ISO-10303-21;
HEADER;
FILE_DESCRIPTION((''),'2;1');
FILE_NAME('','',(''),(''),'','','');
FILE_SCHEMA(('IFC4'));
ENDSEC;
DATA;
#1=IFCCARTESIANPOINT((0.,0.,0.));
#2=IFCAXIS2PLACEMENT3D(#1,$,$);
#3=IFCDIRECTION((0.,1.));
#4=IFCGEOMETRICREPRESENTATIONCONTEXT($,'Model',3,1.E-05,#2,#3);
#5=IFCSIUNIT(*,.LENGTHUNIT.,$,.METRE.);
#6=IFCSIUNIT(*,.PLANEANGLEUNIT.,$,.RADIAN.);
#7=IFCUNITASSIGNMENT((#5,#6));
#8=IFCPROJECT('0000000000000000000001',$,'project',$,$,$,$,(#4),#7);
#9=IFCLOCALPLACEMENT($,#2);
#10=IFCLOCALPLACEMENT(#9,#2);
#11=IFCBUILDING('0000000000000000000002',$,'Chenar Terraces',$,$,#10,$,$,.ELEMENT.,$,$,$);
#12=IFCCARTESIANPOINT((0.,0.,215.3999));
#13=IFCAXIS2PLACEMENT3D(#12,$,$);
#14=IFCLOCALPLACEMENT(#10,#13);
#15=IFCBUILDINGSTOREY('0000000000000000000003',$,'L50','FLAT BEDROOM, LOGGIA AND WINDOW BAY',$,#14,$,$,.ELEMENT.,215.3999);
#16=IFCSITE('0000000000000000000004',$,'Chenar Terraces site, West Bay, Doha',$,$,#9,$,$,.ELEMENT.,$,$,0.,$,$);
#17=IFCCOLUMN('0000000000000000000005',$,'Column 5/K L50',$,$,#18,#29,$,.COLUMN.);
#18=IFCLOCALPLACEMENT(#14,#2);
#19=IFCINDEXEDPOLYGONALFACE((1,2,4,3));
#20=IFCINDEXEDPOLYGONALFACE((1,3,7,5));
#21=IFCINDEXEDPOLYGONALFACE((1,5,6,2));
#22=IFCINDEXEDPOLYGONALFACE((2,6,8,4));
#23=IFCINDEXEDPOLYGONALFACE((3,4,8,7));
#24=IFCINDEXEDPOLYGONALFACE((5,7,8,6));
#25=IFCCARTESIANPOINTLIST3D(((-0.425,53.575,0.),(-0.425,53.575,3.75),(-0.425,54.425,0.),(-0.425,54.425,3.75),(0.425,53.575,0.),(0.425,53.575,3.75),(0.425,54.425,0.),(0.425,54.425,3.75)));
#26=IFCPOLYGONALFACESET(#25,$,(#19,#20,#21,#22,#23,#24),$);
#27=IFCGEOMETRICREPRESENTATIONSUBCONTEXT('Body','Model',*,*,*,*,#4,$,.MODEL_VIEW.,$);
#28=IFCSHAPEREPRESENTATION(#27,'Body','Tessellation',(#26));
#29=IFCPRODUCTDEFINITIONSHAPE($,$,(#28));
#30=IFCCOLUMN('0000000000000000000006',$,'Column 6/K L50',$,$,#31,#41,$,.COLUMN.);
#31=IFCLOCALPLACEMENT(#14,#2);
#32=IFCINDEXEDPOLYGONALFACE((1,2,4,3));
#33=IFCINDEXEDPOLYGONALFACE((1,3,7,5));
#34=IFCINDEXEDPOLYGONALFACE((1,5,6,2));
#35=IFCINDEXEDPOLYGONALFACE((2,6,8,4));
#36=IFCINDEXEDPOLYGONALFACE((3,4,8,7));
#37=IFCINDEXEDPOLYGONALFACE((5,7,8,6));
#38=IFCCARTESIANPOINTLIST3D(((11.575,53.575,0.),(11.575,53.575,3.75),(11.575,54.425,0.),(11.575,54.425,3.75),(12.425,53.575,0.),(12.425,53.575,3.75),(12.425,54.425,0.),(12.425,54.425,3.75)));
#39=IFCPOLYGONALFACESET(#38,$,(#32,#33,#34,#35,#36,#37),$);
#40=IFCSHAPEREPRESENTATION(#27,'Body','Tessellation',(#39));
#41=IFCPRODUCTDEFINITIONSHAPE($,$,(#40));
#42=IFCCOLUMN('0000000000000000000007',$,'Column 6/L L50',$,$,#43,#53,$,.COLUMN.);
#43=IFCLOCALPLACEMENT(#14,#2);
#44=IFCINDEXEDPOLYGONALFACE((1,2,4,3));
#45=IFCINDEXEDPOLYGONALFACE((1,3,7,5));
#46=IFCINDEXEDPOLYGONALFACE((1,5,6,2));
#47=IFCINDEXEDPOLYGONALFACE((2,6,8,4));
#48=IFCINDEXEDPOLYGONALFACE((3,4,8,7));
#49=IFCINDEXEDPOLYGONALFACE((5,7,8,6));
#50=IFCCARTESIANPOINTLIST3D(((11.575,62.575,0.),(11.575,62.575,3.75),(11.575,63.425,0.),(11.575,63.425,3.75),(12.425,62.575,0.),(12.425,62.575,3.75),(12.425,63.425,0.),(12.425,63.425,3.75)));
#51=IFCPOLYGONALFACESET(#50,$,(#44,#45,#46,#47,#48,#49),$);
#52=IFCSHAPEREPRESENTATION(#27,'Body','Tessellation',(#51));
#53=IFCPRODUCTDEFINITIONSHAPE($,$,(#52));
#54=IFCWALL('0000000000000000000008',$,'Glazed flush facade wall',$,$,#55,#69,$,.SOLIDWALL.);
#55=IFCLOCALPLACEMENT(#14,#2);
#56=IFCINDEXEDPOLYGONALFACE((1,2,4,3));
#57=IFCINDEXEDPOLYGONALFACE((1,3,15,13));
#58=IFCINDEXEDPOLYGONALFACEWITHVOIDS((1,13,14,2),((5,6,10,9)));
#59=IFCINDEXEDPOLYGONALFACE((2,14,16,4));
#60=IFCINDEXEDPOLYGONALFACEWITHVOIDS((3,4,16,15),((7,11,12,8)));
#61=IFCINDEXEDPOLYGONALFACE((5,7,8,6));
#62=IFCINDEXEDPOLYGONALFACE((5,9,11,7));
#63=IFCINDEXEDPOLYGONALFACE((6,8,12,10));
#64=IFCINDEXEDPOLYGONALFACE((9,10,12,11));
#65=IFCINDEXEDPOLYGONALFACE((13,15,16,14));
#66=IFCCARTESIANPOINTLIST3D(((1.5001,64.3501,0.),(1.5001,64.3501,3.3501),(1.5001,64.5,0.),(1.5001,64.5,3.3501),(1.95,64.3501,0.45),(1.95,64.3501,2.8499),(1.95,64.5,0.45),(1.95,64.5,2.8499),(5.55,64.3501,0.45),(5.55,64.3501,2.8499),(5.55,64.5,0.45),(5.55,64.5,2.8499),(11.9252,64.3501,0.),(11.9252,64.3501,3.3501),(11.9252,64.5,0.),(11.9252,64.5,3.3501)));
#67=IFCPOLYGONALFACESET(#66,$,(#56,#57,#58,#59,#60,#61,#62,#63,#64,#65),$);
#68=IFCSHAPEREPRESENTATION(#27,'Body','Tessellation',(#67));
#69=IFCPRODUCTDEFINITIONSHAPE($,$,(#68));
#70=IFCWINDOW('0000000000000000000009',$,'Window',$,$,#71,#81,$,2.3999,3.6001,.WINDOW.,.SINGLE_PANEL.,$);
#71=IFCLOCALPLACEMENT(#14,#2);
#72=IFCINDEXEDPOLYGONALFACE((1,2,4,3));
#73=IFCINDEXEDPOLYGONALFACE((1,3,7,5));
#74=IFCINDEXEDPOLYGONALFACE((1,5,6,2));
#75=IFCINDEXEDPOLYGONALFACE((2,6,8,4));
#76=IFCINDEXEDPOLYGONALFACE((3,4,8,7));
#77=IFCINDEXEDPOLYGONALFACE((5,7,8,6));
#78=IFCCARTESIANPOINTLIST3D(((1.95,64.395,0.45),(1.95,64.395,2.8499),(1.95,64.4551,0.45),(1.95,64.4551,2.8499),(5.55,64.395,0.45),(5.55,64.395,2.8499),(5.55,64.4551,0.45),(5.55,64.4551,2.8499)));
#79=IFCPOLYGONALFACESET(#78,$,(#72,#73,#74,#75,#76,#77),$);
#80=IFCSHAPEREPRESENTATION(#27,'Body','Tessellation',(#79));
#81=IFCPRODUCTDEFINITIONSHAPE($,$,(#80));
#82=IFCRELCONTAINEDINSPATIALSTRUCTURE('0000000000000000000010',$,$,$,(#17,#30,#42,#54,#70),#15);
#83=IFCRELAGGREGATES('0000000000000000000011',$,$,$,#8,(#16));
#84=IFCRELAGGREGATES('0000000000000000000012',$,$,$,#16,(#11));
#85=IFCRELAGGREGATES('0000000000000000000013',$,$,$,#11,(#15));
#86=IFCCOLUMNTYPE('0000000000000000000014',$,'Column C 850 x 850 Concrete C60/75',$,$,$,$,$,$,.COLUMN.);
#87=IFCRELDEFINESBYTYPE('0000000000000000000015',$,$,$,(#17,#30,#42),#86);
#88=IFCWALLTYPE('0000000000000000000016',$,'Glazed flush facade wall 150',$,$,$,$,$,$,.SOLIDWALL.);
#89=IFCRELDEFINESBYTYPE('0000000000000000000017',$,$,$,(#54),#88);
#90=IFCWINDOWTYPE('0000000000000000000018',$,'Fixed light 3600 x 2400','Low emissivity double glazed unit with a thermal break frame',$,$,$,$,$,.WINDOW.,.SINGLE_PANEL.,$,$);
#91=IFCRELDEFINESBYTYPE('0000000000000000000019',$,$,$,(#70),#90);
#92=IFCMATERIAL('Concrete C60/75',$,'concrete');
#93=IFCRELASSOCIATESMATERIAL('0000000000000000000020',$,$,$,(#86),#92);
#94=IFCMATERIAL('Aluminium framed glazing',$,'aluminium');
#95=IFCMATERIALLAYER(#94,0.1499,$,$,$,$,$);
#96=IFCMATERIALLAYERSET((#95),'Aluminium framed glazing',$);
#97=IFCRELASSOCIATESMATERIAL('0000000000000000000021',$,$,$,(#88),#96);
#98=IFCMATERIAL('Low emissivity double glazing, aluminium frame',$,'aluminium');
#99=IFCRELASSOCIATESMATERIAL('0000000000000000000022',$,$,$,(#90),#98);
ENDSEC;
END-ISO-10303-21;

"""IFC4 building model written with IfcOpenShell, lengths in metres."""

from ifc_helpers import new_model, si_unit, direction, frame, frame_2d, origin, origin_2d, place, context, subcontext, project, spatial, rectangle, extrude, material, layer, layer_set, material_profile, profile_set, type_object, element, fill, save


model = new_model("IFC4")

# Units and contexts
model_context = context("Model", 3, precision=1e-05, world=origin(), true_north=direction((0.0, 1.0)))
body_context = subcontext(model_context, "Body", "Model", "MODEL_VIEW")
ifc_project = project(units=[si_unit("LENGTHUNIT", "METRE"), si_unit("PLANEANGLEUNIT", "RADIAN")], contexts=[model_context])

# Site, building, storey
site_placement = place(None, origin())
site = spatial("IfcSite", under=ifc_project, at=site_placement, Name="Chenar Terraces site, West Bay, Doha", CompositionType="ELEMENT", RefElevation=0.0)
building_placement = place(site_placement, origin())
building = spatial("IfcBuilding", under=site, at=building_placement, Name="Chenar Terraces", CompositionType="ELEMENT")
storey_placement = place(building_placement, frame((0.0, 0.0, 215.3999)))
storey = spatial("IfcBuildingStorey", under=building, at=storey_placement, Name="L50", Description="FLAT BEDROOM, LOGGIA AND WINDOW BAY", CompositionType="ELEMENT", Elevation=215.3999)

# Columns
ifc_material_1 = material(Name="Concrete C60/75", Category="concrete")
ifc_material_profile = material_profile(ifc_material_1, rectangle(XDim=0.8501, YDim=0.8501, at=origin_2d()), Name="C 850 x 850")
ifc_profile_set = profile_set([ifc_material_profile], Name="Concrete C60/75")
column_type = type_object("IfcColumnType", Name="Column C 850 x 850 Concrete C60/75", PredefinedType="COLUMN", material=ifc_profile_set)
for number, where, z_axis, x_axis, name in (
    (1, (0.0, 54.0, 0.0), (0.0, 0.0, 1.0), (1.0, 0.0, 0.0), "Column 5/K L50"),
    (2, (12.0, 54.0, 0.0), (0.0, 0.0, 1.0), (1.0, 0.0, 0.0), "Column 6/K L50"),
    (3, (12.0, 63.0, 0.0), (0.0, 0.0, 1.0), (1.0, 0.0, 0.0), "Column 6/L L50"),
):
    element("IfcColumn", number, at=place(storey_placement, frame(where, z_axis=z_axis, x_axis=x_axis)), inside=storey, type_object=column_type, Name=name, PredefinedType="COLUMN", context=body_context, shape_type="SweptSolid", body=[
        extrude(rectangle(XDim=0.8501, YDim=0.8501, at=origin_2d()), origin(), (0.0, 0.0, 1.0), 3.75),
    ])

# Wall, opening, window
ifc_material_2 = material(Name="Aluminium framed glazing", Category="aluminium")
ifc_layer_1 = layer(ifc_material_2, 0.1499)
ifc_layer_set_1 = layer_set([ifc_layer_1], Name="Aluminium framed glazing")
wall_type_1 = type_object("IfcWallType", Name="Glazed flush facade wall 150", PredefinedType="SOLIDWALL", material=ifc_layer_set_1)
wall_1_placement = place(storey_placement, frame((11.925, 64.425, 0.0), z_axis=(0.0, 0.0, 1.0), x_axis=(-1.0, 0.0, 0.0)))
wall_1 = element("IfcWall", 4, at=wall_1_placement, inside=storey, type_object=wall_type_1, Name="Glazed flush facade wall", PredefinedType="SOLIDWALL", context=body_context, shape_type="SweptSolid", body=[
    extrude(rectangle(XDim=10.425, YDim=0.1499, at=frame_2d((5.2124, 0.0))), origin(), (0.0, 0.0, 1.0), 3.3501),
])
opening_1_placement = place(wall_1_placement, frame((6.375, 0.0, 0.45)))
opening_1 = element("IfcOpeningElement", 5, at=opening_1_placement, cuts=wall_1, PredefinedType="OPENING", context=body_context, shape_type="SweptSolid", body=[
    extrude(rectangle(XDim=3.6001, YDim=2.3999, at=frame_2d((1.8, 1.2))), frame((0.0, 0.085, 0.0), z_axis=(0.0, -1.0, 0.0), x_axis=(1.0, 0.0, 0.0)), (0.0, 0.0, 1.0), 0.1699),
])
ifc_material_3 = material(Name="Low emissivity double glazing, aluminium frame", Category="aluminium")
window_type_1 = type_object("IfcWindowType", Name="Fixed light 3600 x 2400", Description="Low emissivity double glazed unit with a thermal break frame", PartitioningType="SINGLE_PANEL", PredefinedType="WINDOW", material=ifc_material_3)
window_1_placement = place(opening_1_placement, origin())
window_1 = element("IfcWindow", 6, at=window_1_placement, inside=storey, type_object=window_type_1, Name="Window", OverallHeight=2.3999, OverallWidth=3.6001, PartitioningType="SINGLE_PANEL", PredefinedType="WINDOW", context=body_context, shape_type="SweptSolid", body=[
    extrude(rectangle(XDim=3.6001, YDim=2.3999, at=frame_2d((1.8, 1.2))), frame((0.0, 0.03, 0.0), z_axis=(0.0, -1.0, 0.0), x_axis=(1.0, 0.0, 0.0)), (0.0, 0.0, 1.0), 0.0601),
])
fill(opening_1, window_1)

save(model, "model.ifc")
